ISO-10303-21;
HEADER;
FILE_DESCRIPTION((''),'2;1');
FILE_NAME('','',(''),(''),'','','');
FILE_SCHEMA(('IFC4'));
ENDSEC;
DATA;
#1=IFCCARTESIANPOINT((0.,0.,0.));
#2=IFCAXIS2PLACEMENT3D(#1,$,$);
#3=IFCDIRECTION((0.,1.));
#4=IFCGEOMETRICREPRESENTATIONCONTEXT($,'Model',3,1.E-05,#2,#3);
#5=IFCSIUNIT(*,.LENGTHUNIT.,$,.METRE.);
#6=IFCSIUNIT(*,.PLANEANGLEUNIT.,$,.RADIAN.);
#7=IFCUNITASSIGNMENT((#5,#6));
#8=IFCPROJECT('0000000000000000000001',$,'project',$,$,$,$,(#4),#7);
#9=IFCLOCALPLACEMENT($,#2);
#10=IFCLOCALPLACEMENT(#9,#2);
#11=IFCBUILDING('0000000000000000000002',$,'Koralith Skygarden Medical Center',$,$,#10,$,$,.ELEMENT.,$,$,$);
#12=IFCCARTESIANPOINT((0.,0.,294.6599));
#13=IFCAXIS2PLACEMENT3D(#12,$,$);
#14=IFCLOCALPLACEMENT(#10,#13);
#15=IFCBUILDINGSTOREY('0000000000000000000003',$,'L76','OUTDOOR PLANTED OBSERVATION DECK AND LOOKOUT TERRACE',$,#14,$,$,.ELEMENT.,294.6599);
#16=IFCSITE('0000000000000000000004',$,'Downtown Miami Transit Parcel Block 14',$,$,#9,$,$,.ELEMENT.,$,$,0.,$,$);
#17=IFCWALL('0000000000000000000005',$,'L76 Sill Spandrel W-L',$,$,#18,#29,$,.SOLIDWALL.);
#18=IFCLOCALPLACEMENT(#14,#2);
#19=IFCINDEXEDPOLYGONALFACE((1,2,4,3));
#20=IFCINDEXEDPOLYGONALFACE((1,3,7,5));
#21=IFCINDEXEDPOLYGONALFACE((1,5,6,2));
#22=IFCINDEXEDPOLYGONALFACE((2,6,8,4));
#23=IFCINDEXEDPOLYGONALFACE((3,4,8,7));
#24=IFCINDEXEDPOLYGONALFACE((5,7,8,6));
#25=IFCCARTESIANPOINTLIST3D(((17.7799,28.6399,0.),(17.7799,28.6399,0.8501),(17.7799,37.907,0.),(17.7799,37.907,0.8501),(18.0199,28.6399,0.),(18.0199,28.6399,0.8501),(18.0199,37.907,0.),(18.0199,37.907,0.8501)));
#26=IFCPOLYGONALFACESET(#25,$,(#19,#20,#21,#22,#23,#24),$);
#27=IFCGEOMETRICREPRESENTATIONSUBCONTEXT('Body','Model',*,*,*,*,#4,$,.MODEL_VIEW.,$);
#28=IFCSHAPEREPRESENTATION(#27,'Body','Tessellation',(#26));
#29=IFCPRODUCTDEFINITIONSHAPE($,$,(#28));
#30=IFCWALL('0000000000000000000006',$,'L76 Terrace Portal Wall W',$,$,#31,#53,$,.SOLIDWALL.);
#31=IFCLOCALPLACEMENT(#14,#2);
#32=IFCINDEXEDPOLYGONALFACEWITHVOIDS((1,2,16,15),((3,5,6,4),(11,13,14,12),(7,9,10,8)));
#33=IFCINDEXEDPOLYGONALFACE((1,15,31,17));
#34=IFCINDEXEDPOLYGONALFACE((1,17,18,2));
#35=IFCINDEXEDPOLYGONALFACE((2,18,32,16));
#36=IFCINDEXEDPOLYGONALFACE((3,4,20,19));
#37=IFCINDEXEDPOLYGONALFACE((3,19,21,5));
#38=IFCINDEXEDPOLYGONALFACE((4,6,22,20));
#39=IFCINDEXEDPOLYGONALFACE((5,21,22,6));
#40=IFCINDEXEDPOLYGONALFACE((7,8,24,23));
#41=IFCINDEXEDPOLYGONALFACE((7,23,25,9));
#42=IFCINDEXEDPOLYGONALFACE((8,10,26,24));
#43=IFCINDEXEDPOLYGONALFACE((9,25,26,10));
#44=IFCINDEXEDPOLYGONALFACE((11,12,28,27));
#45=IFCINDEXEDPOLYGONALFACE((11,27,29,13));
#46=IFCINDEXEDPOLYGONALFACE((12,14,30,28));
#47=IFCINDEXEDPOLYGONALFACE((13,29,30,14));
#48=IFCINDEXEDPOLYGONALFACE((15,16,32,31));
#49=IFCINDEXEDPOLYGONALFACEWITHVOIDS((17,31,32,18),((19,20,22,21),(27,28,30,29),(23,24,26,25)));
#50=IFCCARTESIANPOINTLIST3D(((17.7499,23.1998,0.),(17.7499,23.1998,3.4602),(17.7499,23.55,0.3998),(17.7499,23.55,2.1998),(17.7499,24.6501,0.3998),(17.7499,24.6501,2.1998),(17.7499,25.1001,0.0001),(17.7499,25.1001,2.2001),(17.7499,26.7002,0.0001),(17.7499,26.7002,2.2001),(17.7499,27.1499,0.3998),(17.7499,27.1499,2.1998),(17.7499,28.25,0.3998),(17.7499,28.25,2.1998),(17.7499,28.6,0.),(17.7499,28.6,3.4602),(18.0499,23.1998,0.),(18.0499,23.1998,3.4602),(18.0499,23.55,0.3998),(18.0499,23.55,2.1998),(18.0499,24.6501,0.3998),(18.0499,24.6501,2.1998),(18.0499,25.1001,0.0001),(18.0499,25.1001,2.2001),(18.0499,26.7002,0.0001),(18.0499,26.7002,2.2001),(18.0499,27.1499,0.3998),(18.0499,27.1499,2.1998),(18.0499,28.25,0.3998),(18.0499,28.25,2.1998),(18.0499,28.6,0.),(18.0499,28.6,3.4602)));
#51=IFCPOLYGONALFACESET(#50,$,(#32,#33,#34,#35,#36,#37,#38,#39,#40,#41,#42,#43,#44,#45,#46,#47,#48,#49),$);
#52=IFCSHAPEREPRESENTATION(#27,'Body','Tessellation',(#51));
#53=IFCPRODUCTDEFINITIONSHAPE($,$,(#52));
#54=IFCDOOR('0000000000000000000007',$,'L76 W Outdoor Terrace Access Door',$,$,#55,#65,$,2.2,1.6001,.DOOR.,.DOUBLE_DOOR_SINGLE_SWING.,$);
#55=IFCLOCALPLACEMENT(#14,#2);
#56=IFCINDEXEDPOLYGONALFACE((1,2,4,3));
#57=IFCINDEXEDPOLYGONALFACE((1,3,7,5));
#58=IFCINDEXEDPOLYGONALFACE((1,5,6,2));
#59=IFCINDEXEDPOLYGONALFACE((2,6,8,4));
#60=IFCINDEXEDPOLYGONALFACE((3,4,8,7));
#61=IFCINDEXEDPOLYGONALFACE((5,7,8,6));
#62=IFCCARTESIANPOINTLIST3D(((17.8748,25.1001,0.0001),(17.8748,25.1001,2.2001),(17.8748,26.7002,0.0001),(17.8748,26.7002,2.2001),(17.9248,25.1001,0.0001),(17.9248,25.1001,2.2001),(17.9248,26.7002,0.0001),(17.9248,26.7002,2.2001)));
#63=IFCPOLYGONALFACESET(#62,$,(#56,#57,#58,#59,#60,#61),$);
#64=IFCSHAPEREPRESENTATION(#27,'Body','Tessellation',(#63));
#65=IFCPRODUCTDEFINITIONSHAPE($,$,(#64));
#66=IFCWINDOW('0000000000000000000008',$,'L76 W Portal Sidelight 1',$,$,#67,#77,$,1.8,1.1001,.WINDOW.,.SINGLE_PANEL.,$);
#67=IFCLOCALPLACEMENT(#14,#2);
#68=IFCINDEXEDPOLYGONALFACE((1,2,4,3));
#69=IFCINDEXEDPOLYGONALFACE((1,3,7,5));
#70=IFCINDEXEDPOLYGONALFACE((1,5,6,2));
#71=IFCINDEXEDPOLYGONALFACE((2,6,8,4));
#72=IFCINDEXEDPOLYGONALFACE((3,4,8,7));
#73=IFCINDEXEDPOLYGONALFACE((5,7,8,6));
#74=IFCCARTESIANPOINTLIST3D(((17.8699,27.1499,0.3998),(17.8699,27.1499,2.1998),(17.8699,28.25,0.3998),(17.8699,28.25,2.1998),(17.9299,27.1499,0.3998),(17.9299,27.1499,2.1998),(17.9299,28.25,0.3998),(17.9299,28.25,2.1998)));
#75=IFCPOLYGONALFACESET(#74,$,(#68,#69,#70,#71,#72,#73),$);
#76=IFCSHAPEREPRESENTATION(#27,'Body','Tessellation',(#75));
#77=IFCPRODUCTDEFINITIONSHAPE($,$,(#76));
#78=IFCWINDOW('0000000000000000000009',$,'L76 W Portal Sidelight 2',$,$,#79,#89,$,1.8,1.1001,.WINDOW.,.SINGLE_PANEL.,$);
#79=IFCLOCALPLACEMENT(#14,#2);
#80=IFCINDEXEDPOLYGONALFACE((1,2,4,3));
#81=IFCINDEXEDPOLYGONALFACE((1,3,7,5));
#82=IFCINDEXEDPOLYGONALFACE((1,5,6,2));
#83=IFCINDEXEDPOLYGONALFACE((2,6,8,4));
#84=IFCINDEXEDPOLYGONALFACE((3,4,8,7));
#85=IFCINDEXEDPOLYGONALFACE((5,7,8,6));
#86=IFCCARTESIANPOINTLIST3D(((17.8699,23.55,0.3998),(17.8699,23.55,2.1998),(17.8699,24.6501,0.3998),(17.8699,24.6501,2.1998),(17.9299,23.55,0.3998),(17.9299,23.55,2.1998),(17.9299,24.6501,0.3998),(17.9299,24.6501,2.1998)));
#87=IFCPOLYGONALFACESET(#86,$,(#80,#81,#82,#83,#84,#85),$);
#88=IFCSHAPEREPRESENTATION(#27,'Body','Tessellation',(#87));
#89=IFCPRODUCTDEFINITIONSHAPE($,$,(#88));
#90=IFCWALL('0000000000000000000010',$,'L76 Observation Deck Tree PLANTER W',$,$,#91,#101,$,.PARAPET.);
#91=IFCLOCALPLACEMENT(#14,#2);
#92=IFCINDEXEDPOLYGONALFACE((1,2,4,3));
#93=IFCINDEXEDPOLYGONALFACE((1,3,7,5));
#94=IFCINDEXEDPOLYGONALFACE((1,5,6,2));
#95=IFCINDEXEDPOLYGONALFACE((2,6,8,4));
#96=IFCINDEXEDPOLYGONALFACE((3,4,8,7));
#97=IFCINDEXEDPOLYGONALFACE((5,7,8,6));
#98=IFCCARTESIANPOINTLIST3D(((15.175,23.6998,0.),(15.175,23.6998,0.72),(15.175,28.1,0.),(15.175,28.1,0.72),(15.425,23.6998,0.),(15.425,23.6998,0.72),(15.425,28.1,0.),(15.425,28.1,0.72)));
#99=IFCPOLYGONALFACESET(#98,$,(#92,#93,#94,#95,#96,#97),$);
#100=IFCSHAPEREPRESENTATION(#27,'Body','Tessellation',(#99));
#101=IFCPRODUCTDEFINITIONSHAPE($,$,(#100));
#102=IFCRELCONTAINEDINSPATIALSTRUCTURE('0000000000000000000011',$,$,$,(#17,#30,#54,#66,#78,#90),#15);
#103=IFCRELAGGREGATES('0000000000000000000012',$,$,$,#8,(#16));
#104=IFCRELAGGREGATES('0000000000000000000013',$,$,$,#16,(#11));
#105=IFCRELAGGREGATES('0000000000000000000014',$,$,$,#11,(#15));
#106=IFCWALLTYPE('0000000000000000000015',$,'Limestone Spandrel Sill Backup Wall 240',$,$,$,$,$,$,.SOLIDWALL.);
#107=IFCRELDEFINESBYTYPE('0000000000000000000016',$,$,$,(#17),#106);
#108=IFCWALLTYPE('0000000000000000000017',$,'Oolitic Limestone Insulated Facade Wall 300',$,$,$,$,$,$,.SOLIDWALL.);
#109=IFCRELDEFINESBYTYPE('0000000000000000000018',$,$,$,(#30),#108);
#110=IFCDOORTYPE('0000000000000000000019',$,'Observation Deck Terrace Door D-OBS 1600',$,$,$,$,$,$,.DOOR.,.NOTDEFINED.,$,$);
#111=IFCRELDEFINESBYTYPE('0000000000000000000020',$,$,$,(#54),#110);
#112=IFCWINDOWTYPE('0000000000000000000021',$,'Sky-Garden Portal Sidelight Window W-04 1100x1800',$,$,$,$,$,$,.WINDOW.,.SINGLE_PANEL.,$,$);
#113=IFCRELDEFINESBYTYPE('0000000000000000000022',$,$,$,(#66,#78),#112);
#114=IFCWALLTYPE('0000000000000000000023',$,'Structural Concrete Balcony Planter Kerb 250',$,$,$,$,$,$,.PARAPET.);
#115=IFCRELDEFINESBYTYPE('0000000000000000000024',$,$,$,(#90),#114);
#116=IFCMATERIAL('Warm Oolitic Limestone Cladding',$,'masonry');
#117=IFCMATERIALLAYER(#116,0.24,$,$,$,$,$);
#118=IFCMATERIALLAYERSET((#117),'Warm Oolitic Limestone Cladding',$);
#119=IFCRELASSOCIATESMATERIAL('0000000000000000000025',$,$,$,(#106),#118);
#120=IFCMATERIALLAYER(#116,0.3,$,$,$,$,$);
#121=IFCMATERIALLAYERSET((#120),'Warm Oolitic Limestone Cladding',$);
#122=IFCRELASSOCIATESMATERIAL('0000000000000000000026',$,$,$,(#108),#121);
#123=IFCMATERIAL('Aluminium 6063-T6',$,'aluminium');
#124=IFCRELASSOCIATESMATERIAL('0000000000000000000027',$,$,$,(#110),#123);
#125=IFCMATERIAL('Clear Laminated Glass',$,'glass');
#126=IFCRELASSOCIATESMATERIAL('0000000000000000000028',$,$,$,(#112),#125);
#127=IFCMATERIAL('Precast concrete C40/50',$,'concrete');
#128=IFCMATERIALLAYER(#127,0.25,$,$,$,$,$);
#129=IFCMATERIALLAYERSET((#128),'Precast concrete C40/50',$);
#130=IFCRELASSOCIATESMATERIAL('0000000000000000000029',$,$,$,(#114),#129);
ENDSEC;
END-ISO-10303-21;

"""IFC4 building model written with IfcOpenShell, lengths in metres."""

from ifc_helpers import new_model, si_unit, direction, frame, frame_2d, origin, place, context, subcontext, project, spatial, rectangle, extrude, material, layer, layer_set, type_object, element, fill, save


model = new_model("IFC4")

# Units and contexts
model_context = context("Model", 3, precision=1e-05, world=origin(), true_north=direction((0.0, 1.0)))
body_context = subcontext(model_context, "Body", "Model", "MODEL_VIEW")
ifc_project = project(units=[si_unit("LENGTHUNIT", "METRE"), si_unit("PLANEANGLEUNIT", "RADIAN")], contexts=[model_context])

# Site, building, storey
site_placement = place(None, origin())
site = spatial("IfcSite", under=ifc_project, at=site_placement, Name="Downtown Miami Transit Parcel Block 14", CompositionType="ELEMENT", RefElevation=0.0)
building_placement = place(site_placement, origin())
building = spatial("IfcBuilding", under=site, at=building_placement, Name="Koralith Skygarden Medical Center", CompositionType="ELEMENT")
storey_placement = place(building_placement, frame((0.0, 0.0, 294.6599)))
storey = spatial("IfcBuildingStorey", under=building, at=storey_placement, Name="L76", Description="OUTDOOR PLANTED OBSERVATION DECK AND LOOKOUT TERRACE", CompositionType="ELEMENT", Elevation=294.6599)

# Shared definitions
ifc_material_1 = material(Name="Clear Laminated Glass", Category="glass")
ifc_material_2 = material(Name="Aluminium 6063-T6", Category="aluminium")

# Wall
ifc_material_3 = material(Name="Warm Oolitic Limestone Cladding", Category="masonry")
ifc_layer_1 = layer(ifc_material_3, 0.24)
ifc_layer_set_1 = layer_set([ifc_layer_1], Name="Warm Oolitic Limestone Cladding")
wall_type_1 = type_object("IfcWallType", Name="Limestone Spandrel Sill Backup Wall 240", PredefinedType="SOLIDWALL", material=ifc_layer_set_1)
wall_1_placement = place(storey_placement, frame((17.8999, 37.907, 0.0), z_axis=(0.0, 0.0, 1.0), x_axis=(0.0, -1.0, 0.0)))
element("IfcWall", 1, at=wall_1_placement, inside=storey, type_object=wall_type_1, Name="L76 Sill Spandrel W-L", PredefinedType="SOLIDWALL", context=body_context, shape_type="SweptSolid", body=[
    extrude(rectangle(XDim=9.2671, YDim=0.24, at=frame_2d((4.6335, 0.0))), origin(), (0.0, 0.0, 1.0), 0.8501),
])

# Wall, openings, door, windows
ifc_layer_2 = layer(ifc_material_3, 0.3)
ifc_layer_set_2 = layer_set([ifc_layer_2], Name="Warm Oolitic Limestone Cladding")
wall_type_2 = type_object("IfcWallType", Name="Oolitic Limestone Insulated Facade Wall 300", PredefinedType="SOLIDWALL", material=ifc_layer_set_2)
wall_2_placement = place(storey_placement, frame((17.8999, 28.6001, 0.0), z_axis=(0.0, 0.0, 1.0), x_axis=(0.0, -1.0, 0.0)))
wall_2 = element("IfcWall", 2, at=wall_2_placement, inside=storey, type_object=wall_type_2, Name="L76 Terrace Portal Wall W", PredefinedType="SOLIDWALL", context=body_context, shape_type="SweptSolid", body=[
    extrude(rectangle(XDim=5.4001, YDim=0.3, at=frame_2d((2.7002, 0.0))), origin(), (0.0, 0.0, 1.0), 3.4602),
])
opening_1_placement = place(wall_2_placement, frame((1.8999, 0.0, 0.0)))
opening_1 = element("IfcOpeningElement", 3, at=opening_1_placement, cuts=wall_2, PredefinedType="OPENING", context=body_context, shape_type="SweptSolid", body=[
    extrude(rectangle(XDim=1.6001, YDim=2.2, at=frame_2d((0.8, 1.1001))), frame((0.0, 0.1599, 0.0), z_axis=(0.0, -1.0, 0.0), x_axis=(1.0, 0.0, 0.0)), (0.0, 0.0, 1.0), 0.3201),
])
opening_2_placement = place(wall_2_placement, frame((0.3501, 0.0, 0.3999)))
opening_2 = element("IfcOpeningElement", 4, at=opening_2_placement, cuts=wall_2, PredefinedType="OPENING", context=body_context, shape_type="SweptSolid", body=[
    extrude(rectangle(XDim=1.1001, YDim=1.8, at=frame_2d((0.55, 0.8999))), frame((0.0, 0.1599, 0.0), z_axis=(0.0, -1.0, 0.0), x_axis=(1.0, 0.0, 0.0)), (0.0, 0.0, 1.0), 0.3201),
])
opening_3_placement = place(wall_2_placement, frame((3.95, 0.0, 0.3999)))
opening_3 = element("IfcOpeningElement", 5, at=opening_3_placement, cuts=wall_2, PredefinedType="OPENING", context=body_context, shape_type="SweptSolid", body=[
    extrude(rectangle(XDim=1.1001, YDim=1.8, at=frame_2d((0.55, 0.8999))), frame((0.0, 0.1599, 0.0), z_axis=(0.0, -1.0, 0.0), x_axis=(1.0, 0.0, 0.0)), (0.0, 0.0, 1.0), 0.3201),
])
door_type = type_object("IfcDoorType", Name="Observation Deck Terrace Door D-OBS 1600", OperationType="NOTDEFINED", PredefinedType="DOOR", material=ifc_material_2)
door_placement = place(opening_1_placement, origin())
door = element("IfcDoor", 6, at=door_placement, inside=storey, type_object=door_type, Name="L76 W Outdoor Terrace Access Door", OperationType="DOUBLE_DOOR_SINGLE_SWING", OverallHeight=2.2, OverallWidth=1.6001, PredefinedType="DOOR", context=body_context, shape_type="SweptSolid", body=[
    extrude(rectangle(XDim=1.6001, YDim=2.2, at=frame_2d((0.8, 1.1001))), frame((0.0, 0.0249, 0.0), z_axis=(0.0, -1.0, 0.0), x_axis=(1.0, 0.0, 0.0)), (0.0, 0.0, 1.0), 0.05),
])
fill(opening_1, door)
window_type = type_object("IfcWindowType", Name="Sky-Garden Portal Sidelight Window W-04 1100x1800", PartitioningType="SINGLE_PANEL", PredefinedType="WINDOW", material=ifc_material_1)
window_1_placement = place(opening_2_placement, origin())
window_1 = element("IfcWindow", 7, at=window_1_placement, inside=storey, type_object=window_type, Name="L76 W Portal Sidelight 1", OverallHeight=1.8, OverallWidth=1.1001, PartitioningType="SINGLE_PANEL", PredefinedType="WINDOW", context=body_context, shape_type="SweptSolid", body=[
    extrude(rectangle(XDim=1.1001, YDim=1.8, at=frame_2d((0.55, 0.8999))), frame((0.0, 0.03, 0.0), z_axis=(0.0, -1.0, 0.0), x_axis=(1.0, 0.0, 0.0)), (0.0, 0.0, 1.0), 0.0601),
])
fill(opening_2, window_1)
window_2_placement = place(opening_3_placement, origin())
window_2 = element("IfcWindow", 8, at=window_2_placement, inside=storey, type_object=window_type, Name="L76 W Portal Sidelight 2", OverallHeight=1.8, OverallWidth=1.1001, PartitioningType="SINGLE_PANEL", PredefinedType="WINDOW", context=body_context, shape_type="SweptSolid", body=[
    extrude(rectangle(XDim=1.1001, YDim=1.8, at=frame_2d((0.55, 0.8999))), frame((0.0, 0.03, 0.0), z_axis=(0.0, -1.0, 0.0), x_axis=(1.0, 0.0, 0.0)), (0.0, 0.0, 1.0), 0.0601),
])
fill(opening_3, window_2)

# Wall
ifc_material_4 = material(Name="Precast concrete C40/50", Category="concrete")
ifc_layer_3 = layer(ifc_material_4, 0.25)
ifc_layer_set_3 = layer_set([ifc_layer_3], Name="Precast concrete C40/50")
wall_type_3 = type_object("IfcWallType", Name="Structural Concrete Balcony Planter Kerb 250", PredefinedType="PARAPET", material=ifc_layer_set_3)
wall_3_placement = place(storey_placement, frame((15.3, 28.1001, 0.0), z_axis=(0.0, 0.0, 1.0), x_axis=(0.0, -1.0, 0.0)))
element("IfcWall", 9, at=wall_3_placement, inside=storey, type_object=wall_type_3, Name="L76 Observation Deck Tree PLANTER W", PredefinedType="PARAPET", context=body_context, shape_type="SweptSolid", body=[
    extrude(rectangle(XDim=4.4001, YDim=0.25, at=frame_2d((2.2002, 0.0))), origin(), (0.0, 0.0, 1.0), 0.72),
])

save(model, "model.ifc")
